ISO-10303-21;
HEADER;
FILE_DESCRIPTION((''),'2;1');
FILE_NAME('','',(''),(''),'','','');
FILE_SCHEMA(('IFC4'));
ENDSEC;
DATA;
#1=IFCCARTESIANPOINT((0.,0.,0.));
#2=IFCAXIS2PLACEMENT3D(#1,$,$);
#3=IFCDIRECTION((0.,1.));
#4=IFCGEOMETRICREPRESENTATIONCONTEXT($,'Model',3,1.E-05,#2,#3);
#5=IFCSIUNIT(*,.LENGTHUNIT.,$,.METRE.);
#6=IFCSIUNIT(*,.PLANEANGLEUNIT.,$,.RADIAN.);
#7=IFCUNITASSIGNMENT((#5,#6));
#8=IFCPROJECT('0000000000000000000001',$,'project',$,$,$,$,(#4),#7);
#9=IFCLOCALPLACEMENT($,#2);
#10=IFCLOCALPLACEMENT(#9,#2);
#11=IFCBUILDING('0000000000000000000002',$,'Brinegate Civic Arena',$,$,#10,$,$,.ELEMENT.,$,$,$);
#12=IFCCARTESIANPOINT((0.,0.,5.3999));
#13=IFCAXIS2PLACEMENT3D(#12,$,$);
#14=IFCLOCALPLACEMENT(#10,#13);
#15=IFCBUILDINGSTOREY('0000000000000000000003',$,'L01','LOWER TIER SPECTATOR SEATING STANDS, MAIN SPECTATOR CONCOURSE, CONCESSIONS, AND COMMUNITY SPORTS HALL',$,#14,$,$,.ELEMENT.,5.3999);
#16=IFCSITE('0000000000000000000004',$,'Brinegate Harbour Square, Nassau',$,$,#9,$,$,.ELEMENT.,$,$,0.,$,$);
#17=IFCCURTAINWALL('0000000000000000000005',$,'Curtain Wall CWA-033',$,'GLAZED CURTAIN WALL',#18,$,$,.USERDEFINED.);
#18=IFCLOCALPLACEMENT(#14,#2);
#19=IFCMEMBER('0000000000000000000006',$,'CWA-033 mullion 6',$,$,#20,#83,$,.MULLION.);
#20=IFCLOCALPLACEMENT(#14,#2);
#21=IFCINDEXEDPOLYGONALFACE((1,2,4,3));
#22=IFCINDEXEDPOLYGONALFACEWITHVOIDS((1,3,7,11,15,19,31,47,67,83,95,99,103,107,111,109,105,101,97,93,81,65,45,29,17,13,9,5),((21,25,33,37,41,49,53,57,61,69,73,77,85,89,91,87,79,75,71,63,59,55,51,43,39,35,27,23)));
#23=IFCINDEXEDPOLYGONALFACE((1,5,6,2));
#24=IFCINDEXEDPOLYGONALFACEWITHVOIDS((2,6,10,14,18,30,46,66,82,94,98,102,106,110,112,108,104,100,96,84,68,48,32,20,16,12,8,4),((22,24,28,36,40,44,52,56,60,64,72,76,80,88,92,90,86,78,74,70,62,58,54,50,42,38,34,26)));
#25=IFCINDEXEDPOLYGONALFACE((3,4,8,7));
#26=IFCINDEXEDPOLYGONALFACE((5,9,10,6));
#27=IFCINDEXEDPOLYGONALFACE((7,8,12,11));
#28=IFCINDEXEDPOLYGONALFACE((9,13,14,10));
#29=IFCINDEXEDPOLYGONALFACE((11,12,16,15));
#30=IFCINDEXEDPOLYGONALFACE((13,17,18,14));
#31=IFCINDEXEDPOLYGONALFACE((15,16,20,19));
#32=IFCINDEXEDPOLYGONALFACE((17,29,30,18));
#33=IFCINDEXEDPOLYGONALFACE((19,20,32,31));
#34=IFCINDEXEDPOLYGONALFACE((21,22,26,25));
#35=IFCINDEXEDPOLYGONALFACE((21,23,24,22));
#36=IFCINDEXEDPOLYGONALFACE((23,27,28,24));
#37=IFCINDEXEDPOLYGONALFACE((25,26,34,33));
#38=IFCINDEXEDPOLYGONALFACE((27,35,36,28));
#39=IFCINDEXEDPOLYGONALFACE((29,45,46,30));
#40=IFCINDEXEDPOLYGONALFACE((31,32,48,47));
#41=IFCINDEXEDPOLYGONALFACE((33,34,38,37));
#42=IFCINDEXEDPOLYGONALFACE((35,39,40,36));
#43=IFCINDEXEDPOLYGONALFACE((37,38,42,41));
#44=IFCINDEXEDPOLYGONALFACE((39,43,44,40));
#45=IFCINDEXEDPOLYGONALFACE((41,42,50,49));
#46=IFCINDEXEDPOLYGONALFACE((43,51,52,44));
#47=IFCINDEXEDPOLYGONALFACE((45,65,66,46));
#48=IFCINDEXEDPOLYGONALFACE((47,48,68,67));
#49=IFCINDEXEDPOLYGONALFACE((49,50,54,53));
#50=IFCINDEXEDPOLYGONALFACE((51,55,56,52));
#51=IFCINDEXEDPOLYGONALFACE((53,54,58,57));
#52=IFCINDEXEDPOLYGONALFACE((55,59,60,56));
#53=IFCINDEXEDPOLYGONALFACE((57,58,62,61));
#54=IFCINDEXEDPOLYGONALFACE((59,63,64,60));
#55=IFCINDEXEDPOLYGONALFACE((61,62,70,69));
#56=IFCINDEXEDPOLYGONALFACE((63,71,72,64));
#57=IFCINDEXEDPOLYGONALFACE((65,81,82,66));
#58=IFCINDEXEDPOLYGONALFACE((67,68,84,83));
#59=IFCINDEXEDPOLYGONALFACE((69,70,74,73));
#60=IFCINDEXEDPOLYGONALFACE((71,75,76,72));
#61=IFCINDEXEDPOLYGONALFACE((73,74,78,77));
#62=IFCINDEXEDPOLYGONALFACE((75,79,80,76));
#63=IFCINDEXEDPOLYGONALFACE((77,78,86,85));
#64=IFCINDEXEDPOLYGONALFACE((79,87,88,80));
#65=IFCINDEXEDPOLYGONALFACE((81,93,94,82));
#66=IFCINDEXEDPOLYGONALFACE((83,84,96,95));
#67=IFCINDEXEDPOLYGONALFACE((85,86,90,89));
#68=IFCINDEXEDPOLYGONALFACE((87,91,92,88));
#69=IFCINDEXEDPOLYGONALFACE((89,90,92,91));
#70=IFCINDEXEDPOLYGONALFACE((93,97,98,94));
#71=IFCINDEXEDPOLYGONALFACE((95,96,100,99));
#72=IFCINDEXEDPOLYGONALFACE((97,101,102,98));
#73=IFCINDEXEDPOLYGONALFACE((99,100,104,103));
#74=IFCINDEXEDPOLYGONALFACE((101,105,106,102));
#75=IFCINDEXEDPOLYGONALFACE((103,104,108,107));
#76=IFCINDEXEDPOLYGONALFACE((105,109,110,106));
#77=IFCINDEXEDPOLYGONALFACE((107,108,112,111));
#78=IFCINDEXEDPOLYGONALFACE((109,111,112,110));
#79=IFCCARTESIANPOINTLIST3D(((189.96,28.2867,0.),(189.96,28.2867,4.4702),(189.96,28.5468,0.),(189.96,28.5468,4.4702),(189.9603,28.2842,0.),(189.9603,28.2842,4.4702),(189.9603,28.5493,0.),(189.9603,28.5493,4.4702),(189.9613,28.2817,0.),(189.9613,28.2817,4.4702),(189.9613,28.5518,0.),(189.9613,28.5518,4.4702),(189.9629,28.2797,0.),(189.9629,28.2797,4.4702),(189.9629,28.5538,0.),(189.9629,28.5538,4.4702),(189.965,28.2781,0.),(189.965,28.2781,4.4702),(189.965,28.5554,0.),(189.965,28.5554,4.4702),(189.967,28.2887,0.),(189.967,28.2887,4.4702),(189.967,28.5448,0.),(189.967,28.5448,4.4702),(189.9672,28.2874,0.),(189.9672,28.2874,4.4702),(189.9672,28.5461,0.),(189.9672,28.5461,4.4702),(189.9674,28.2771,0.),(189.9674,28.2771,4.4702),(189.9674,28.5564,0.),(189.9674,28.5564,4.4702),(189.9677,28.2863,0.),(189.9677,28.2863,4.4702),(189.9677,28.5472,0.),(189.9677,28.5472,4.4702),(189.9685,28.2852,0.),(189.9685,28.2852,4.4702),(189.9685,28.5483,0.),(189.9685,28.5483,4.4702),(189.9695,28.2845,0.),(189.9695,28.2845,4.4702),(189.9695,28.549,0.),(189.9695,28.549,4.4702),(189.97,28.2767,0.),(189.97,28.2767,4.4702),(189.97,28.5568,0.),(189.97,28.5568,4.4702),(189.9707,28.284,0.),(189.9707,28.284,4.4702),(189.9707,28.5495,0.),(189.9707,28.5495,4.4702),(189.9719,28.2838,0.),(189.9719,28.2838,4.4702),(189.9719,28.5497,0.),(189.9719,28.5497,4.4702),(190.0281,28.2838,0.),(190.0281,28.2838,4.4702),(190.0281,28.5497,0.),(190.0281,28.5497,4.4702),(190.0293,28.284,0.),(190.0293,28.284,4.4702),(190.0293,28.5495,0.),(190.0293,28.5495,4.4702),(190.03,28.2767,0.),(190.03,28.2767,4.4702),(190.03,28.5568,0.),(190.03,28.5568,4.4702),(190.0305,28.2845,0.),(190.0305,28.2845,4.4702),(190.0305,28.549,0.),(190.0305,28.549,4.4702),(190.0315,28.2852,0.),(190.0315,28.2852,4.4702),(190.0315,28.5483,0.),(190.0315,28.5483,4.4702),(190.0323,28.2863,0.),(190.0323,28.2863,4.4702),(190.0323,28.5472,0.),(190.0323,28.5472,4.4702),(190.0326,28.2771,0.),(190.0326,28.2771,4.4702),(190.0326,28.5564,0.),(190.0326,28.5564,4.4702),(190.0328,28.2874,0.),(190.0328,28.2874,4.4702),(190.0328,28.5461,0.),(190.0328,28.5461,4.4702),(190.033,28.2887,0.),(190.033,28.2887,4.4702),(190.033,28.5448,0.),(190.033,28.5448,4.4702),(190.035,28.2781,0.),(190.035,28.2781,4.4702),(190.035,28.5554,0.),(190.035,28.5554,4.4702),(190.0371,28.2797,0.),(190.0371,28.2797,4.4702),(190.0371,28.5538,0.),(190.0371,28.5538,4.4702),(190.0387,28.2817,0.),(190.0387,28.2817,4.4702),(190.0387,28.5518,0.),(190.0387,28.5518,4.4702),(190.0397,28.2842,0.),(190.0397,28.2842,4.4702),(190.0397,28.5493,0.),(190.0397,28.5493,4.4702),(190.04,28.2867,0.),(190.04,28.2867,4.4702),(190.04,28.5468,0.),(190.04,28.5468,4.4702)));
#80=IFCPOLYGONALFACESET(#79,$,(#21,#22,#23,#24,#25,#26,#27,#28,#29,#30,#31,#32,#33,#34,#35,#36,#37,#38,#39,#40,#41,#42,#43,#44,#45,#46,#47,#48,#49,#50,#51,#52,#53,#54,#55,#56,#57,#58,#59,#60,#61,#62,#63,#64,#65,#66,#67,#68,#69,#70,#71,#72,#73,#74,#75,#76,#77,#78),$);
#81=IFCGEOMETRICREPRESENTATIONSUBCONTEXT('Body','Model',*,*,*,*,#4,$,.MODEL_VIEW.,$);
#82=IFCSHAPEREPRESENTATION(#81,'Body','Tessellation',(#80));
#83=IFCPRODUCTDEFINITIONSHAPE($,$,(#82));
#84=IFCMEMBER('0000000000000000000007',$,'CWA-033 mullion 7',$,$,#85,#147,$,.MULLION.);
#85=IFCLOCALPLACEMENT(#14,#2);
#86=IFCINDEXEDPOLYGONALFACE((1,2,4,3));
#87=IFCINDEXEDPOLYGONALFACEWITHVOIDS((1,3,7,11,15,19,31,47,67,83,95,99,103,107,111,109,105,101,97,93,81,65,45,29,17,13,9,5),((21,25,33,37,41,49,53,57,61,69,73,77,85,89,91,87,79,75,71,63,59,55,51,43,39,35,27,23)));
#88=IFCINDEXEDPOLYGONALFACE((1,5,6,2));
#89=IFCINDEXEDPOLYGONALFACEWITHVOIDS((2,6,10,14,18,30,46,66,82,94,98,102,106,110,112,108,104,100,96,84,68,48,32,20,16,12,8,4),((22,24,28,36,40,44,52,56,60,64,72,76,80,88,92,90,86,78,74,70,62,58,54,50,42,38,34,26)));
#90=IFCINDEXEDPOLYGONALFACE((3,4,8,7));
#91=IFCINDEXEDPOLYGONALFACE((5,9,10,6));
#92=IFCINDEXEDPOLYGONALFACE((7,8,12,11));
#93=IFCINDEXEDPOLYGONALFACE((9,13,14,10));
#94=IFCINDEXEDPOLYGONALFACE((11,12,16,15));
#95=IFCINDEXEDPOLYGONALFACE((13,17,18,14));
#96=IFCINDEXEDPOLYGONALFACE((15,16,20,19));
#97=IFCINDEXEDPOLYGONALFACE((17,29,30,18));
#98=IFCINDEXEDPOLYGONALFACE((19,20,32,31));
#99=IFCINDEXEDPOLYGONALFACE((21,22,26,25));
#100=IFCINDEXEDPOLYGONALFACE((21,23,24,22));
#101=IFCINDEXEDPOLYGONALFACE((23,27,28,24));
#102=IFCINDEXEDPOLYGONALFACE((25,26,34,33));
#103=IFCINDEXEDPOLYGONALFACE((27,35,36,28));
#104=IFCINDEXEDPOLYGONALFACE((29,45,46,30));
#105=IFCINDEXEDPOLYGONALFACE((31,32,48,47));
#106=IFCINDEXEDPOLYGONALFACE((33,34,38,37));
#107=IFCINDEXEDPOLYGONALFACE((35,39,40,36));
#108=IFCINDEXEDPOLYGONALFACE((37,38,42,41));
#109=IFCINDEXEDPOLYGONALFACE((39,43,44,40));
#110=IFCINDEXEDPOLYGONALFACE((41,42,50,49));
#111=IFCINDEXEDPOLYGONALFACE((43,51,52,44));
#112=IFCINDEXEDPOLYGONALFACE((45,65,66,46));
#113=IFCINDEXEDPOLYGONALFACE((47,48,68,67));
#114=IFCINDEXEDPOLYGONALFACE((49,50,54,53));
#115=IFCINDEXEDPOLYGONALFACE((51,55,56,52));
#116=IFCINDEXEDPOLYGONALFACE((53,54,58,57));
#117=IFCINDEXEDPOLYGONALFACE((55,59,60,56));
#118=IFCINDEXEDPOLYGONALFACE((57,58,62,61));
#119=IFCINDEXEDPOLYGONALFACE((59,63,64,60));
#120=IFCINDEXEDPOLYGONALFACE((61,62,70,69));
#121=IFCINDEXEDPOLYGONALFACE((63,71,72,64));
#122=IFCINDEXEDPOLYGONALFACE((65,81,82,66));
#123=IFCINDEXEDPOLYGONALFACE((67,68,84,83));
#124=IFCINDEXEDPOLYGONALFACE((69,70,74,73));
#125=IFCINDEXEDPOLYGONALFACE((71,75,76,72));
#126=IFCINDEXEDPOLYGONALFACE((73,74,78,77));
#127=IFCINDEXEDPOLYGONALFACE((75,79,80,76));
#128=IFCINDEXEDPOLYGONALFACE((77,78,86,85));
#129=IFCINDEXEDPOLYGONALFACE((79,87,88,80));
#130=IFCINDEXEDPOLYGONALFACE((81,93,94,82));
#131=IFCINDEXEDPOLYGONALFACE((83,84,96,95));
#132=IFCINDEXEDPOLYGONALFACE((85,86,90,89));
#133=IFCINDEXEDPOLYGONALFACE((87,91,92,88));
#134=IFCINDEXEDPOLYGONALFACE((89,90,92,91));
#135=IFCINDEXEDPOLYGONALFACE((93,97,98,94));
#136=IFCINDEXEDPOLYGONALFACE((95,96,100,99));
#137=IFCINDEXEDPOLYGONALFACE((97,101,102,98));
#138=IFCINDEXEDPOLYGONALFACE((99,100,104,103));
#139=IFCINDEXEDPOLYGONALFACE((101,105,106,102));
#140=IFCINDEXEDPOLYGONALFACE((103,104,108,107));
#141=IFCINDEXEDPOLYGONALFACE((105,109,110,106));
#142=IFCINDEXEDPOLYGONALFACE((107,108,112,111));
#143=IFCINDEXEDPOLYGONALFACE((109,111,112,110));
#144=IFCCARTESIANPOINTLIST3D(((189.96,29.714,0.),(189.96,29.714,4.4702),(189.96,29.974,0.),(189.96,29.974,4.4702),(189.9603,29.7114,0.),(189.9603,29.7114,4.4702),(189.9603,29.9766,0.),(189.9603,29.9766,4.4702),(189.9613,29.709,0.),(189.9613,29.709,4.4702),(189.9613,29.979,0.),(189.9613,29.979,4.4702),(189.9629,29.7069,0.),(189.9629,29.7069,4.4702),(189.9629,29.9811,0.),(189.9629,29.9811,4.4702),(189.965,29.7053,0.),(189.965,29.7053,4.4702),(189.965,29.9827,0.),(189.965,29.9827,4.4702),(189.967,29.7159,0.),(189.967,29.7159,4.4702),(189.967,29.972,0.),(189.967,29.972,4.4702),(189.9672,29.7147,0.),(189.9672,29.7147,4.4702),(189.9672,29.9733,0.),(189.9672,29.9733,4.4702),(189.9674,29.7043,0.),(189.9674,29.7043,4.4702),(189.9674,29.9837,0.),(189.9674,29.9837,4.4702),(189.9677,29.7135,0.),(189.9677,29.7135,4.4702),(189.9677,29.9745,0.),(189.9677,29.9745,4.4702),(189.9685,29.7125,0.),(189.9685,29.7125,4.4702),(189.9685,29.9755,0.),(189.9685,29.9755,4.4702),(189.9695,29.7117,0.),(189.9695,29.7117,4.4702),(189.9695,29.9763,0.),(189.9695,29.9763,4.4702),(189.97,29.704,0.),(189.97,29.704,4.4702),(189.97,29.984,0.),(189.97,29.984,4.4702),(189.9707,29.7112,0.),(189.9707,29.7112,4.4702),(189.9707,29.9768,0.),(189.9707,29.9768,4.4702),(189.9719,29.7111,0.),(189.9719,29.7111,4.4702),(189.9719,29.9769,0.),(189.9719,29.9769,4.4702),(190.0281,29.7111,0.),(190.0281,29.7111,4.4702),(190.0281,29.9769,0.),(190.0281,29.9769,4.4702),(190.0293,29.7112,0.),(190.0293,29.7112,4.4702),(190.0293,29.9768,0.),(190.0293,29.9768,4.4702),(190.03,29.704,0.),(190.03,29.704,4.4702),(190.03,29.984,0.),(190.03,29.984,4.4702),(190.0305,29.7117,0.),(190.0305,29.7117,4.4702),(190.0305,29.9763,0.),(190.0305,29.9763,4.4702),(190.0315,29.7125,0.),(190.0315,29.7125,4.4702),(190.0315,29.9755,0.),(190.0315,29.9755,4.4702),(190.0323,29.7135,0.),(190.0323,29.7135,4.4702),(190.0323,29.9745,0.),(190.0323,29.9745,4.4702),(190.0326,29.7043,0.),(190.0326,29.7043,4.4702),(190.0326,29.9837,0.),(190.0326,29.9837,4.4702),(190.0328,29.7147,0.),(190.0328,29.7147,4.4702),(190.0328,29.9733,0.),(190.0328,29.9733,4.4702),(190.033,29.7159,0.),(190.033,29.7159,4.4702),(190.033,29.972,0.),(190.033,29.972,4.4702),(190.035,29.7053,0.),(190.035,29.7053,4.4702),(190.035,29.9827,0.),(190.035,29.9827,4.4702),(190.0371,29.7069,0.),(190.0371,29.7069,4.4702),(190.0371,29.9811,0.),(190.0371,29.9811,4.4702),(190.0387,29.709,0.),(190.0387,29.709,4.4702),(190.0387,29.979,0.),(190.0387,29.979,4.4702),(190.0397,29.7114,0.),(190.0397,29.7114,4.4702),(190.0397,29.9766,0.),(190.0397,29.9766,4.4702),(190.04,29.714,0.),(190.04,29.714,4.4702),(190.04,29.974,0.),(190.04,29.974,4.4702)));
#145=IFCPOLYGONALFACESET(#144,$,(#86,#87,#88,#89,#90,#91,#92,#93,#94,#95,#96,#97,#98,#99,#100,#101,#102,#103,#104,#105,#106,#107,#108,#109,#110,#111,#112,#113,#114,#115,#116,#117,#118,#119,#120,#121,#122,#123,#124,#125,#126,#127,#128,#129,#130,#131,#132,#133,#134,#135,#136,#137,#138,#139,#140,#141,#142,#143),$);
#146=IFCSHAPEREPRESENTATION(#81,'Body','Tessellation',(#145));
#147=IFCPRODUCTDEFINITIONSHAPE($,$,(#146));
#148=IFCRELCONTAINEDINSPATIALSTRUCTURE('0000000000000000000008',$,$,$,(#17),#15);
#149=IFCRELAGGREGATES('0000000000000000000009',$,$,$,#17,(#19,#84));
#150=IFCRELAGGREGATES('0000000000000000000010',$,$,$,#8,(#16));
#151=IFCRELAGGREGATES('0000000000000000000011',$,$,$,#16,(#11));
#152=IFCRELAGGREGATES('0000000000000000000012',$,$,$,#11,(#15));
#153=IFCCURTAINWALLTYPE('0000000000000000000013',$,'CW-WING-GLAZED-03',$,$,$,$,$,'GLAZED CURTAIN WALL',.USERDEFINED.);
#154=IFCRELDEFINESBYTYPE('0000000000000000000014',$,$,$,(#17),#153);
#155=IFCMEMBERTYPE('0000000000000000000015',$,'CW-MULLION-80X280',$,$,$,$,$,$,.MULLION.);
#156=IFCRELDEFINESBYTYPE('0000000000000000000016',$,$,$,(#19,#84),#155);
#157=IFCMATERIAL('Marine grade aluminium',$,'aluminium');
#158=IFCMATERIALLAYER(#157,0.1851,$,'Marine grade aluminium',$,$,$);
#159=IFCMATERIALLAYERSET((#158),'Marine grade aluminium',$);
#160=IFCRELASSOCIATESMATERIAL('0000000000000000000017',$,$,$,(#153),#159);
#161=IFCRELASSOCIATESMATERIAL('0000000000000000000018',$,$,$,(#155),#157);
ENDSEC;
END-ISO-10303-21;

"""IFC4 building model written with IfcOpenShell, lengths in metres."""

from ifc_helpers import new_model, si_unit, direction, frame, origin, origin_2d, place, context, subcontext, project, spatial, hollow_rectangle, extrude, material, layer, layer_set, material_profile, profile_set, type_object, element, aggregate, save


model = new_model("IFC4")

# Units and contexts
model_context = context("Model", 3, precision=1e-05, world=origin(), true_north=direction((0.0, 1.0)))
body_context = subcontext(model_context, "Body", "Model", "MODEL_VIEW")
ifc_project = project(units=[si_unit("LENGTHUNIT", "METRE"), si_unit("PLANEANGLEUNIT", "RADIAN")], contexts=[model_context])

# Site, building, storey
site_placement = place(None, origin())
site = spatial("IfcSite", under=ifc_project, at=site_placement, Name="Brinegate Harbour Square, Nassau", CompositionType="ELEMENT", RefElevation=0.0)
building_placement = place(site_placement, origin())
building = spatial("IfcBuilding", under=site, at=building_placement, Name="Brinegate Civic Arena", CompositionType="ELEMENT")
storey_placement = place(building_placement, frame((0.0, 0.0, 5.3999)))
storey = spatial("IfcBuildingStorey", under=building, at=storey_placement, Name="L01", Description="LOWER TIER SPECTATOR SEATING STANDS, MAIN SPECTATOR CONCOURSE, CONCESSIONS, AND COMMUNITY SPORTS HALL", CompositionType="ELEMENT", Elevation=5.3999)

# Shared definitions
ifc_material_1 = material(Name="Marine grade aluminium", Category="aluminium")
ifc_layer_1 = layer(ifc_material_1, 0.1851, Name="Marine grade aluminium")
ifc_layer_set_1 = layer_set([ifc_layer_1], Name="Marine grade aluminium")
curtain_wall_type = type_object("IfcCurtainWallType", Name="CW-WING-GLAZED-03", ElementType="GLAZED CURTAIN WALL", PredefinedType="USERDEFINED", material=ifc_layer_set_1)

# Curtain wall, members
curtain_wall_1_placement = place(storey_placement, origin())
curtain_wall_1 = element("IfcCurtainWall", 1, at=curtain_wall_1_placement, inside=storey, type_object=curtain_wall_type, Name="Curtain Wall CWA-033", ObjectType="GLAZED CURTAIN WALL", PredefinedType="USERDEFINED")
ifc_material_profile_1 = material_profile(ifc_material_1, hollow_rectangle(XDim=0.0801, YDim=0.28, WallThickness=0.0071, InnerFilletRadius=0.0049, OuterFilletRadius=0.01, at=origin_2d()), Name="MUL80X280")
ifc_profile_set_1 = profile_set([ifc_material_profile_1], Name="Marine grade aluminium")
member_type_1 = type_object("IfcMemberType", Name="CW-MULLION-80X280", PredefinedType="MULLION", material=ifc_profile_set_1)
member_1_placement = place(storey_placement, frame((190.0, 28.4167, 0.0), z_axis=(0.0, 0.0, 1.0), x_axis=(-1.0, 0.0, 0.0)))
member_1 = element("IfcMember", 2, at=member_1_placement, type_object=member_type_1, Name="CWA-033 mullion 6", PredefinedType="MULLION", context=body_context, shape_type="SweptSolid", body=[
    extrude(hollow_rectangle(XDim=0.0801, YDim=0.28, WallThickness=0.0071, InnerFilletRadius=0.0049, OuterFilletRadius=0.01, at=origin_2d()), origin(), (0.0, 0.0, 1.0), 4.4702),
])
member_2_placement = place(storey_placement, frame((190.0, 29.844, 0.0), z_axis=(0.0, 0.0, 1.0), x_axis=(-1.0, 0.0, 0.0)))
member_2 = element("IfcMember", 3, at=member_2_placement, type_object=member_type_1, Name="CWA-033 mullion 7", PredefinedType="MULLION", context=body_context, shape_type="SweptSolid", body=[
    extrude(hollow_rectangle(XDim=0.0801, YDim=0.28, WallThickness=0.0071, InnerFilletRadius=0.0049, OuterFilletRadius=0.01, at=origin_2d()), origin(), (0.0, 0.0, 1.0), 4.4702),
])

aggregate(curtain_wall_1, [member_1, member_2])

save(model, "model.ifc")
